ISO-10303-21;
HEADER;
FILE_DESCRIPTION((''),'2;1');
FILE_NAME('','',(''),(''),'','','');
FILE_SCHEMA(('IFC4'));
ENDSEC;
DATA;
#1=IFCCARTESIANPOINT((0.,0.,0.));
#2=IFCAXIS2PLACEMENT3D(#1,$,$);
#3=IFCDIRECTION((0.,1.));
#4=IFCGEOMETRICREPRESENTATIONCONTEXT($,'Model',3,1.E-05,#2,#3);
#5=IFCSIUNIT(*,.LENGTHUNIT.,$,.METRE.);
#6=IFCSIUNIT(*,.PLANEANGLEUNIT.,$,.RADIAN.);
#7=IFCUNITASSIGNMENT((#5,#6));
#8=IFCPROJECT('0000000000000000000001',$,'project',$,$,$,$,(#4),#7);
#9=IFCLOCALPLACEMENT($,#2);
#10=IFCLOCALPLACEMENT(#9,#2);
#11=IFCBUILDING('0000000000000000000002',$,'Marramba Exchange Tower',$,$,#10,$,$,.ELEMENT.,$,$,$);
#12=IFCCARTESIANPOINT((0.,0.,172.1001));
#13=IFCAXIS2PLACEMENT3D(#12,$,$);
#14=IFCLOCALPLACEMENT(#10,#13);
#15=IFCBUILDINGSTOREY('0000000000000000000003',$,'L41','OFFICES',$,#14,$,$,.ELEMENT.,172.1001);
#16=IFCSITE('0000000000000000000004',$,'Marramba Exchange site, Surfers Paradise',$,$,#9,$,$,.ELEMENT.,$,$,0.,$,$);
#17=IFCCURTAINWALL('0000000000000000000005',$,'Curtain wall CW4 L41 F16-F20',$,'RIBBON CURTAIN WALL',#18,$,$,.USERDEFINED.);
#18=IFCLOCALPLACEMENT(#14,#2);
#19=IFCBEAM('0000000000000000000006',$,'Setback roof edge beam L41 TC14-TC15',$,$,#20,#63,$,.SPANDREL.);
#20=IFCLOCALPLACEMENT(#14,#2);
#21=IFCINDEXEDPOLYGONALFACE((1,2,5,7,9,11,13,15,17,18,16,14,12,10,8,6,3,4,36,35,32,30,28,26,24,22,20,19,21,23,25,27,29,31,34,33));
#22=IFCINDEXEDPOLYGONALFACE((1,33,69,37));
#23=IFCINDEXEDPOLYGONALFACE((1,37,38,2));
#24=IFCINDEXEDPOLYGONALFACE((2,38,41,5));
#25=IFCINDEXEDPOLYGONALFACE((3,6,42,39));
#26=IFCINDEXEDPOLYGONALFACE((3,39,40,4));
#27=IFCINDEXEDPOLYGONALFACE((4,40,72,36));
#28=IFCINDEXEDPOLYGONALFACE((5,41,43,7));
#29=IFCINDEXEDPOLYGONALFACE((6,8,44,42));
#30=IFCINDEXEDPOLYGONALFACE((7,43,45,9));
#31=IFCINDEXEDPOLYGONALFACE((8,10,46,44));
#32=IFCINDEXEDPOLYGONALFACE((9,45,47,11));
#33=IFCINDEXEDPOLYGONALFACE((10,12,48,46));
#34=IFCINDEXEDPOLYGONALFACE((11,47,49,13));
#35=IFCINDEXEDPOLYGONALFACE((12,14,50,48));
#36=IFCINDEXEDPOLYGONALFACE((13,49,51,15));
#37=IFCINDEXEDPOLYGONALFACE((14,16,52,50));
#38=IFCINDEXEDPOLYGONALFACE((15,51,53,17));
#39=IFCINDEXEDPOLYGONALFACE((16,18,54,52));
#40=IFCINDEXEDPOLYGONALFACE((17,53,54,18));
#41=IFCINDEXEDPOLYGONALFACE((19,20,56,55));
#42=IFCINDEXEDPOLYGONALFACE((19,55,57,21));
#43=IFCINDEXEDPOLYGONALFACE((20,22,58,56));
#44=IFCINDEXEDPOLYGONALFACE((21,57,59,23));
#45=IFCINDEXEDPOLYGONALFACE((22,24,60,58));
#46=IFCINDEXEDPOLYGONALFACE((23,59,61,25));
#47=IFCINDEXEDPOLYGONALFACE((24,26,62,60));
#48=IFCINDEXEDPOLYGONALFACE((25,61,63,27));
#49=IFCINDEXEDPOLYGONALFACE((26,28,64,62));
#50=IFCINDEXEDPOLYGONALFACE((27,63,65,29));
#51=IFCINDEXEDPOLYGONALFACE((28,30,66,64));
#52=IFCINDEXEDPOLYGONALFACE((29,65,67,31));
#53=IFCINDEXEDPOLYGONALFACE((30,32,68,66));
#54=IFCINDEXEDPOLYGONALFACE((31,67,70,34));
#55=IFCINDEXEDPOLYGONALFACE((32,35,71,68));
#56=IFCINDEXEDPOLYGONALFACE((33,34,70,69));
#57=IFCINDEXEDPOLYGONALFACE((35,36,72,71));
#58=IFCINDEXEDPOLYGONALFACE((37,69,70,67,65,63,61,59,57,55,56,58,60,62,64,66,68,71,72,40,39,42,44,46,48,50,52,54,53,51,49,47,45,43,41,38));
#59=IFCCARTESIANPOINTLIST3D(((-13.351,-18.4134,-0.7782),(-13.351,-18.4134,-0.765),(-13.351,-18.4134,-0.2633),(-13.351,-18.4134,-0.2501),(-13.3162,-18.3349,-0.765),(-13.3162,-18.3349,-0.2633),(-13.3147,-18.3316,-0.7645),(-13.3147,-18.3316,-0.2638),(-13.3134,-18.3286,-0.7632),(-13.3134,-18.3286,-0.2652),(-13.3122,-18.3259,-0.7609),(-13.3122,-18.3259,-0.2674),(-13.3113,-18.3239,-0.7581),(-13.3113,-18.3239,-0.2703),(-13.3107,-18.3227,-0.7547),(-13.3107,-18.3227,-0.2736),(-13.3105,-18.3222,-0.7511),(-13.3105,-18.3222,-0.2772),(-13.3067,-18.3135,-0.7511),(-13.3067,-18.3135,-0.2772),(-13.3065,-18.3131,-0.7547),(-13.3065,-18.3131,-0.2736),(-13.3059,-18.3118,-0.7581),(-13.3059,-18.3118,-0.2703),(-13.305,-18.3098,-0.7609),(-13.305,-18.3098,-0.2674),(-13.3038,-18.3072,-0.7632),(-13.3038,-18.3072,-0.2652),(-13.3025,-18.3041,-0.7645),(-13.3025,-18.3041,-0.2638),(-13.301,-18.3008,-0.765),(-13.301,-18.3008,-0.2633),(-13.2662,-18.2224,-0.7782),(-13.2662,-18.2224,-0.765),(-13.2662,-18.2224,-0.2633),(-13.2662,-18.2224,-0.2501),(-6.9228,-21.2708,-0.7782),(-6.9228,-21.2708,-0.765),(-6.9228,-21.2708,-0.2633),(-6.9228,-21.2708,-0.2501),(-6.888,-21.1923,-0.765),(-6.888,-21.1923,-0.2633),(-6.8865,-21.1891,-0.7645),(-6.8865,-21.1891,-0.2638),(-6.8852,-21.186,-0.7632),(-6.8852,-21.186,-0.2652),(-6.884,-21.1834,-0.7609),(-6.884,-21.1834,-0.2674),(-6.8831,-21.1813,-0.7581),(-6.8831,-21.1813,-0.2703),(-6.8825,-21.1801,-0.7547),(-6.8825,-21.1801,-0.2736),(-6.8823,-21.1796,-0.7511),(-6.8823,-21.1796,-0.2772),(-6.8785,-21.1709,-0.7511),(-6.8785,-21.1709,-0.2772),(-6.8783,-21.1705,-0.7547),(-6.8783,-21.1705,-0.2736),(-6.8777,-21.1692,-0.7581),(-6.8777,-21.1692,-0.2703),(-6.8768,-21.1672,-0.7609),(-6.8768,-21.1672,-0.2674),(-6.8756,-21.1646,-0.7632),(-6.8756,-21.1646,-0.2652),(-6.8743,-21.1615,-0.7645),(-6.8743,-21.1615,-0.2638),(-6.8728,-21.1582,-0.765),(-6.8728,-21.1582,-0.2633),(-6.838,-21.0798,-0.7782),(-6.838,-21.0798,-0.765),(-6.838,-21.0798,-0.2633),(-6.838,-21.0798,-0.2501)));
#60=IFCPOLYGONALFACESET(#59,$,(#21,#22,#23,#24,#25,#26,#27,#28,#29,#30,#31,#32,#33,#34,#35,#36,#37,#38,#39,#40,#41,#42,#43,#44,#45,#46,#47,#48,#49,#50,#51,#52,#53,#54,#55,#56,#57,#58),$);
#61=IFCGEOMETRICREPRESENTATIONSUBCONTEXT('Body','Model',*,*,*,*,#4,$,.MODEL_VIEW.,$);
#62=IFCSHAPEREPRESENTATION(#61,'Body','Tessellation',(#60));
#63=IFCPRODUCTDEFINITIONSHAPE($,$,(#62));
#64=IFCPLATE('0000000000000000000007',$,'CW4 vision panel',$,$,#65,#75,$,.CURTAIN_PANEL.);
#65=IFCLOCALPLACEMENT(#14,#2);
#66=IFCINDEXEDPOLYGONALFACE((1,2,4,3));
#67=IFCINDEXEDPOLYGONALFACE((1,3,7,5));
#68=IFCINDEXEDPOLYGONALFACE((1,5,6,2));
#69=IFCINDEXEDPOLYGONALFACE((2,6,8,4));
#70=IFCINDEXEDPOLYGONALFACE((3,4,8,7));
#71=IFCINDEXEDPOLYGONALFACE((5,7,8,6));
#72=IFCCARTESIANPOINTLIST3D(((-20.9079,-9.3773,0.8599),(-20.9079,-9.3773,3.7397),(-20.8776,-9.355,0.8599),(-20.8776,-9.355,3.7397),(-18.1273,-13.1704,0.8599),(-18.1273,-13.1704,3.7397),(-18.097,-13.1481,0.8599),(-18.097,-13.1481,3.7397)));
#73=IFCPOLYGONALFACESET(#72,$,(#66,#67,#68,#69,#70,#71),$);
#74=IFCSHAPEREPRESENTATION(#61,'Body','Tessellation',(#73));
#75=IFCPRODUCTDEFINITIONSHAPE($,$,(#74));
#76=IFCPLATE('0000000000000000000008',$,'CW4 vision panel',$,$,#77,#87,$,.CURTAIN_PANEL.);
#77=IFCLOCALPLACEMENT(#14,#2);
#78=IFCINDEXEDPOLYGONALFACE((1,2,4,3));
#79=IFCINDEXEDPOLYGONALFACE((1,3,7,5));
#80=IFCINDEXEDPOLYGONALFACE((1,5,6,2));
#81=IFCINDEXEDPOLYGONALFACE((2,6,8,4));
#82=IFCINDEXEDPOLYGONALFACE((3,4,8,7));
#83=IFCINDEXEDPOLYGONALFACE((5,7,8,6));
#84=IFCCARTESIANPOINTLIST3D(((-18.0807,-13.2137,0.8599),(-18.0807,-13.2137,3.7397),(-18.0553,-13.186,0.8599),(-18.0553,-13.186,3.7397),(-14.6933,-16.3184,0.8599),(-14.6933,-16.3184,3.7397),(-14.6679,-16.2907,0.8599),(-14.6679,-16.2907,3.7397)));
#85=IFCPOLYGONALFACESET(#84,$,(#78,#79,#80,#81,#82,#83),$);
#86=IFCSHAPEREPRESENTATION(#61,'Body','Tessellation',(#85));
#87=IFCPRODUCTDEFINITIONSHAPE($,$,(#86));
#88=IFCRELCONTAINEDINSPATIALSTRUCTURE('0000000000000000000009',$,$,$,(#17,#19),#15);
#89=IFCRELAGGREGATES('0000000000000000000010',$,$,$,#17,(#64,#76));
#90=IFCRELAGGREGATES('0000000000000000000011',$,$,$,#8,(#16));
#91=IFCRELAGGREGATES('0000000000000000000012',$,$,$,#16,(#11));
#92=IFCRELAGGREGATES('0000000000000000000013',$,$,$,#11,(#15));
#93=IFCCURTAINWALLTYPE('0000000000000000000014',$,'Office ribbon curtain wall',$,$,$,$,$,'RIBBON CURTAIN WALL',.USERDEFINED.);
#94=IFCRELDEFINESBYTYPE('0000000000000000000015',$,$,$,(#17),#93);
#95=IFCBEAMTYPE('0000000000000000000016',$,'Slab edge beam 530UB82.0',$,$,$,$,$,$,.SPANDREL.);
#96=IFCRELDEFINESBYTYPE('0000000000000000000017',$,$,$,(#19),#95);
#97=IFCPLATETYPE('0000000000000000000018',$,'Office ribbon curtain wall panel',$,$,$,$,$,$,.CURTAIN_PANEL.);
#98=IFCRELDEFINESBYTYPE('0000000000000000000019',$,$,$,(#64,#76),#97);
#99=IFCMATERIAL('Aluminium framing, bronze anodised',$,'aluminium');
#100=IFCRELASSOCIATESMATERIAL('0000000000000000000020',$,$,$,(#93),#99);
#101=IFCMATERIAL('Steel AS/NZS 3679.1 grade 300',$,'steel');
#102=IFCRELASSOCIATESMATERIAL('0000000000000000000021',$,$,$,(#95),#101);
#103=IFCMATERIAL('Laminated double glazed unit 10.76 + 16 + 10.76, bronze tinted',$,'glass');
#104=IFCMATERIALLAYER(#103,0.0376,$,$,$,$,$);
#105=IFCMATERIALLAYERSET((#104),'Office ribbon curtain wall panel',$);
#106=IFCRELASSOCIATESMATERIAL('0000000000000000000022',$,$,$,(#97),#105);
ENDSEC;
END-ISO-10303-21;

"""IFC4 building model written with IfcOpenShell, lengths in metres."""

from ifc_helpers import new_model, si_unit, direction, frame, origin, origin_2d, place, context, subcontext, project, spatial, rectangle, i_section, extrude, material, layer, layer_set, material_profile, profile_set, type_object, element, aggregate, save


model = new_model("IFC4")

# Units and contexts
model_context = context("Model", 3, precision=1e-05, world=origin(), true_north=direction((0.0, 1.0)))
body_context = subcontext(model_context, "Body", "Model", "MODEL_VIEW")
ifc_project = project(units=[si_unit("LENGTHUNIT", "METRE"), si_unit("PLANEANGLEUNIT", "RADIAN")], contexts=[model_context])

# Site, building, storey
site_placement = place(None, origin())
site = spatial("IfcSite", under=ifc_project, at=site_placement, Name="Marramba Exchange site, Surfers Paradise", CompositionType="ELEMENT", RefElevation=0.0)
building_placement = place(site_placement, origin())
building = spatial("IfcBuilding", under=site, at=building_placement, Name="Marramba Exchange Tower", CompositionType="ELEMENT")
storey_placement = place(building_placement, frame((0.0, 0.0, 172.1001)))
storey = spatial("IfcBuildingStorey", under=building, at=storey_placement, Name="L41", Description="OFFICES", CompositionType="ELEMENT", Elevation=172.1001)

# Curtain wall
ifc_material_1 = material(Name="Aluminium framing, bronze anodised", Category="aluminium")
curtain_wall_type = type_object("IfcCurtainWallType", Name="Office ribbon curtain wall", ElementType="RIBBON CURTAIN WALL", PredefinedType="USERDEFINED", material=ifc_material_1)
curtain_wall_placement = place(storey_placement, origin())
curtain_wall = element("IfcCurtainWall", 1, at=curtain_wall_placement, inside=storey, type_object=curtain_wall_type, Name="Curtain wall CW4 L41 F16-F20", ObjectType="RIBBON CURTAIN WALL", PredefinedType="USERDEFINED")

# Beam
ifc_material_2 = material(Name="Steel AS/NZS 3679.1 grade 300", Category="steel")
ifc_material_profile_1 = material_profile(ifc_material_2, i_section(OverallWidth=0.209, OverallDepth=0.5281, WebThickness=0.0095, FlangeThickness=0.0132, FilletRadius=0.0139, at=origin_2d()), Name="530UB82.0")
ifc_profile_set_1 = profile_set([ifc_material_profile_1], Name="Steel AS/NZS 3679.1 grade 300")
beam_type_1 = type_object("IfcBeamType", Name="Slab edge beam 530UB82.0", PredefinedType="SPANDREL", material=ifc_profile_set_1)
beam_1_placement = place(storey_placement, frame((-13.3086, -18.3179, -0.5142), z_axis=(0.913789, -0.40619, 0.0), x_axis=(0.40619, 0.913789, 0.0)))
element("IfcBeam", 2, at=beam_1_placement, inside=storey, type_object=beam_type_1, Name="Setback roof edge beam L41 TC14-TC15", PredefinedType="SPANDREL", context=body_context, shape_type="SweptSolid", body=[
    extrude(i_section(OverallWidth=0.209, OverallDepth=0.5281, WebThickness=0.0095, FlangeThickness=0.0132, FilletRadius=0.0139, at=origin_2d()), origin(), (0.0, 0.0, 1.0), 7.0347),
])

# Plates
ifc_material_3 = material(Name="Laminated double glazed unit 10.76 + 16 + 10.76, bronze tinted", Category="glass")
ifc_layer_1 = layer(ifc_material_3, 0.0376)
ifc_layer_set_1 = layer_set([ifc_layer_1], Name="Office ribbon curtain wall panel")
plate_type = type_object("IfcPlateType", Name="Office ribbon curtain wall panel", PredefinedType="CURTAIN_PANEL", material=ifc_layer_set_1)
plate_1_placement = place(storey_placement, frame((-19.5024, -11.2627, 0.8599), z_axis=(0.0, 0.0, 1.0), x_axis=(0.591223, -0.806508, 0.0)))
plate_1 = element("IfcPlate", 3, at=plate_1_placement, type_object=plate_type, Name="CW4 vision panel", PredefinedType="CURTAIN_PANEL", context=body_context, shape_type="SweptSolid", body=[
    extrude(rectangle(XDim=4.7031, YDim=0.0376, at=origin_2d()), origin(), (0.0, 0.0, 1.0), 2.8799),
])
plate_2_placement = place(storey_placement, frame((-16.3743, -14.7522, 0.8599), z_axis=(0.0, 0.0, 1.0), x_axis=(0.737203, -0.675671, 0.0)))
plate_2 = element("IfcPlate", 4, at=plate_2_placement, type_object=plate_type, Name="CW4 vision panel", PredefinedType="CURTAIN_PANEL", context=body_context, shape_type="SweptSolid", body=[
    extrude(rectangle(XDim=4.595, YDim=0.0376, at=origin_2d()), origin(), (0.0, 0.0, 1.0), 2.8799),
])
aggregate(curtain_wall, [plate_1, plate_2])

save(model, "model.ifc")
